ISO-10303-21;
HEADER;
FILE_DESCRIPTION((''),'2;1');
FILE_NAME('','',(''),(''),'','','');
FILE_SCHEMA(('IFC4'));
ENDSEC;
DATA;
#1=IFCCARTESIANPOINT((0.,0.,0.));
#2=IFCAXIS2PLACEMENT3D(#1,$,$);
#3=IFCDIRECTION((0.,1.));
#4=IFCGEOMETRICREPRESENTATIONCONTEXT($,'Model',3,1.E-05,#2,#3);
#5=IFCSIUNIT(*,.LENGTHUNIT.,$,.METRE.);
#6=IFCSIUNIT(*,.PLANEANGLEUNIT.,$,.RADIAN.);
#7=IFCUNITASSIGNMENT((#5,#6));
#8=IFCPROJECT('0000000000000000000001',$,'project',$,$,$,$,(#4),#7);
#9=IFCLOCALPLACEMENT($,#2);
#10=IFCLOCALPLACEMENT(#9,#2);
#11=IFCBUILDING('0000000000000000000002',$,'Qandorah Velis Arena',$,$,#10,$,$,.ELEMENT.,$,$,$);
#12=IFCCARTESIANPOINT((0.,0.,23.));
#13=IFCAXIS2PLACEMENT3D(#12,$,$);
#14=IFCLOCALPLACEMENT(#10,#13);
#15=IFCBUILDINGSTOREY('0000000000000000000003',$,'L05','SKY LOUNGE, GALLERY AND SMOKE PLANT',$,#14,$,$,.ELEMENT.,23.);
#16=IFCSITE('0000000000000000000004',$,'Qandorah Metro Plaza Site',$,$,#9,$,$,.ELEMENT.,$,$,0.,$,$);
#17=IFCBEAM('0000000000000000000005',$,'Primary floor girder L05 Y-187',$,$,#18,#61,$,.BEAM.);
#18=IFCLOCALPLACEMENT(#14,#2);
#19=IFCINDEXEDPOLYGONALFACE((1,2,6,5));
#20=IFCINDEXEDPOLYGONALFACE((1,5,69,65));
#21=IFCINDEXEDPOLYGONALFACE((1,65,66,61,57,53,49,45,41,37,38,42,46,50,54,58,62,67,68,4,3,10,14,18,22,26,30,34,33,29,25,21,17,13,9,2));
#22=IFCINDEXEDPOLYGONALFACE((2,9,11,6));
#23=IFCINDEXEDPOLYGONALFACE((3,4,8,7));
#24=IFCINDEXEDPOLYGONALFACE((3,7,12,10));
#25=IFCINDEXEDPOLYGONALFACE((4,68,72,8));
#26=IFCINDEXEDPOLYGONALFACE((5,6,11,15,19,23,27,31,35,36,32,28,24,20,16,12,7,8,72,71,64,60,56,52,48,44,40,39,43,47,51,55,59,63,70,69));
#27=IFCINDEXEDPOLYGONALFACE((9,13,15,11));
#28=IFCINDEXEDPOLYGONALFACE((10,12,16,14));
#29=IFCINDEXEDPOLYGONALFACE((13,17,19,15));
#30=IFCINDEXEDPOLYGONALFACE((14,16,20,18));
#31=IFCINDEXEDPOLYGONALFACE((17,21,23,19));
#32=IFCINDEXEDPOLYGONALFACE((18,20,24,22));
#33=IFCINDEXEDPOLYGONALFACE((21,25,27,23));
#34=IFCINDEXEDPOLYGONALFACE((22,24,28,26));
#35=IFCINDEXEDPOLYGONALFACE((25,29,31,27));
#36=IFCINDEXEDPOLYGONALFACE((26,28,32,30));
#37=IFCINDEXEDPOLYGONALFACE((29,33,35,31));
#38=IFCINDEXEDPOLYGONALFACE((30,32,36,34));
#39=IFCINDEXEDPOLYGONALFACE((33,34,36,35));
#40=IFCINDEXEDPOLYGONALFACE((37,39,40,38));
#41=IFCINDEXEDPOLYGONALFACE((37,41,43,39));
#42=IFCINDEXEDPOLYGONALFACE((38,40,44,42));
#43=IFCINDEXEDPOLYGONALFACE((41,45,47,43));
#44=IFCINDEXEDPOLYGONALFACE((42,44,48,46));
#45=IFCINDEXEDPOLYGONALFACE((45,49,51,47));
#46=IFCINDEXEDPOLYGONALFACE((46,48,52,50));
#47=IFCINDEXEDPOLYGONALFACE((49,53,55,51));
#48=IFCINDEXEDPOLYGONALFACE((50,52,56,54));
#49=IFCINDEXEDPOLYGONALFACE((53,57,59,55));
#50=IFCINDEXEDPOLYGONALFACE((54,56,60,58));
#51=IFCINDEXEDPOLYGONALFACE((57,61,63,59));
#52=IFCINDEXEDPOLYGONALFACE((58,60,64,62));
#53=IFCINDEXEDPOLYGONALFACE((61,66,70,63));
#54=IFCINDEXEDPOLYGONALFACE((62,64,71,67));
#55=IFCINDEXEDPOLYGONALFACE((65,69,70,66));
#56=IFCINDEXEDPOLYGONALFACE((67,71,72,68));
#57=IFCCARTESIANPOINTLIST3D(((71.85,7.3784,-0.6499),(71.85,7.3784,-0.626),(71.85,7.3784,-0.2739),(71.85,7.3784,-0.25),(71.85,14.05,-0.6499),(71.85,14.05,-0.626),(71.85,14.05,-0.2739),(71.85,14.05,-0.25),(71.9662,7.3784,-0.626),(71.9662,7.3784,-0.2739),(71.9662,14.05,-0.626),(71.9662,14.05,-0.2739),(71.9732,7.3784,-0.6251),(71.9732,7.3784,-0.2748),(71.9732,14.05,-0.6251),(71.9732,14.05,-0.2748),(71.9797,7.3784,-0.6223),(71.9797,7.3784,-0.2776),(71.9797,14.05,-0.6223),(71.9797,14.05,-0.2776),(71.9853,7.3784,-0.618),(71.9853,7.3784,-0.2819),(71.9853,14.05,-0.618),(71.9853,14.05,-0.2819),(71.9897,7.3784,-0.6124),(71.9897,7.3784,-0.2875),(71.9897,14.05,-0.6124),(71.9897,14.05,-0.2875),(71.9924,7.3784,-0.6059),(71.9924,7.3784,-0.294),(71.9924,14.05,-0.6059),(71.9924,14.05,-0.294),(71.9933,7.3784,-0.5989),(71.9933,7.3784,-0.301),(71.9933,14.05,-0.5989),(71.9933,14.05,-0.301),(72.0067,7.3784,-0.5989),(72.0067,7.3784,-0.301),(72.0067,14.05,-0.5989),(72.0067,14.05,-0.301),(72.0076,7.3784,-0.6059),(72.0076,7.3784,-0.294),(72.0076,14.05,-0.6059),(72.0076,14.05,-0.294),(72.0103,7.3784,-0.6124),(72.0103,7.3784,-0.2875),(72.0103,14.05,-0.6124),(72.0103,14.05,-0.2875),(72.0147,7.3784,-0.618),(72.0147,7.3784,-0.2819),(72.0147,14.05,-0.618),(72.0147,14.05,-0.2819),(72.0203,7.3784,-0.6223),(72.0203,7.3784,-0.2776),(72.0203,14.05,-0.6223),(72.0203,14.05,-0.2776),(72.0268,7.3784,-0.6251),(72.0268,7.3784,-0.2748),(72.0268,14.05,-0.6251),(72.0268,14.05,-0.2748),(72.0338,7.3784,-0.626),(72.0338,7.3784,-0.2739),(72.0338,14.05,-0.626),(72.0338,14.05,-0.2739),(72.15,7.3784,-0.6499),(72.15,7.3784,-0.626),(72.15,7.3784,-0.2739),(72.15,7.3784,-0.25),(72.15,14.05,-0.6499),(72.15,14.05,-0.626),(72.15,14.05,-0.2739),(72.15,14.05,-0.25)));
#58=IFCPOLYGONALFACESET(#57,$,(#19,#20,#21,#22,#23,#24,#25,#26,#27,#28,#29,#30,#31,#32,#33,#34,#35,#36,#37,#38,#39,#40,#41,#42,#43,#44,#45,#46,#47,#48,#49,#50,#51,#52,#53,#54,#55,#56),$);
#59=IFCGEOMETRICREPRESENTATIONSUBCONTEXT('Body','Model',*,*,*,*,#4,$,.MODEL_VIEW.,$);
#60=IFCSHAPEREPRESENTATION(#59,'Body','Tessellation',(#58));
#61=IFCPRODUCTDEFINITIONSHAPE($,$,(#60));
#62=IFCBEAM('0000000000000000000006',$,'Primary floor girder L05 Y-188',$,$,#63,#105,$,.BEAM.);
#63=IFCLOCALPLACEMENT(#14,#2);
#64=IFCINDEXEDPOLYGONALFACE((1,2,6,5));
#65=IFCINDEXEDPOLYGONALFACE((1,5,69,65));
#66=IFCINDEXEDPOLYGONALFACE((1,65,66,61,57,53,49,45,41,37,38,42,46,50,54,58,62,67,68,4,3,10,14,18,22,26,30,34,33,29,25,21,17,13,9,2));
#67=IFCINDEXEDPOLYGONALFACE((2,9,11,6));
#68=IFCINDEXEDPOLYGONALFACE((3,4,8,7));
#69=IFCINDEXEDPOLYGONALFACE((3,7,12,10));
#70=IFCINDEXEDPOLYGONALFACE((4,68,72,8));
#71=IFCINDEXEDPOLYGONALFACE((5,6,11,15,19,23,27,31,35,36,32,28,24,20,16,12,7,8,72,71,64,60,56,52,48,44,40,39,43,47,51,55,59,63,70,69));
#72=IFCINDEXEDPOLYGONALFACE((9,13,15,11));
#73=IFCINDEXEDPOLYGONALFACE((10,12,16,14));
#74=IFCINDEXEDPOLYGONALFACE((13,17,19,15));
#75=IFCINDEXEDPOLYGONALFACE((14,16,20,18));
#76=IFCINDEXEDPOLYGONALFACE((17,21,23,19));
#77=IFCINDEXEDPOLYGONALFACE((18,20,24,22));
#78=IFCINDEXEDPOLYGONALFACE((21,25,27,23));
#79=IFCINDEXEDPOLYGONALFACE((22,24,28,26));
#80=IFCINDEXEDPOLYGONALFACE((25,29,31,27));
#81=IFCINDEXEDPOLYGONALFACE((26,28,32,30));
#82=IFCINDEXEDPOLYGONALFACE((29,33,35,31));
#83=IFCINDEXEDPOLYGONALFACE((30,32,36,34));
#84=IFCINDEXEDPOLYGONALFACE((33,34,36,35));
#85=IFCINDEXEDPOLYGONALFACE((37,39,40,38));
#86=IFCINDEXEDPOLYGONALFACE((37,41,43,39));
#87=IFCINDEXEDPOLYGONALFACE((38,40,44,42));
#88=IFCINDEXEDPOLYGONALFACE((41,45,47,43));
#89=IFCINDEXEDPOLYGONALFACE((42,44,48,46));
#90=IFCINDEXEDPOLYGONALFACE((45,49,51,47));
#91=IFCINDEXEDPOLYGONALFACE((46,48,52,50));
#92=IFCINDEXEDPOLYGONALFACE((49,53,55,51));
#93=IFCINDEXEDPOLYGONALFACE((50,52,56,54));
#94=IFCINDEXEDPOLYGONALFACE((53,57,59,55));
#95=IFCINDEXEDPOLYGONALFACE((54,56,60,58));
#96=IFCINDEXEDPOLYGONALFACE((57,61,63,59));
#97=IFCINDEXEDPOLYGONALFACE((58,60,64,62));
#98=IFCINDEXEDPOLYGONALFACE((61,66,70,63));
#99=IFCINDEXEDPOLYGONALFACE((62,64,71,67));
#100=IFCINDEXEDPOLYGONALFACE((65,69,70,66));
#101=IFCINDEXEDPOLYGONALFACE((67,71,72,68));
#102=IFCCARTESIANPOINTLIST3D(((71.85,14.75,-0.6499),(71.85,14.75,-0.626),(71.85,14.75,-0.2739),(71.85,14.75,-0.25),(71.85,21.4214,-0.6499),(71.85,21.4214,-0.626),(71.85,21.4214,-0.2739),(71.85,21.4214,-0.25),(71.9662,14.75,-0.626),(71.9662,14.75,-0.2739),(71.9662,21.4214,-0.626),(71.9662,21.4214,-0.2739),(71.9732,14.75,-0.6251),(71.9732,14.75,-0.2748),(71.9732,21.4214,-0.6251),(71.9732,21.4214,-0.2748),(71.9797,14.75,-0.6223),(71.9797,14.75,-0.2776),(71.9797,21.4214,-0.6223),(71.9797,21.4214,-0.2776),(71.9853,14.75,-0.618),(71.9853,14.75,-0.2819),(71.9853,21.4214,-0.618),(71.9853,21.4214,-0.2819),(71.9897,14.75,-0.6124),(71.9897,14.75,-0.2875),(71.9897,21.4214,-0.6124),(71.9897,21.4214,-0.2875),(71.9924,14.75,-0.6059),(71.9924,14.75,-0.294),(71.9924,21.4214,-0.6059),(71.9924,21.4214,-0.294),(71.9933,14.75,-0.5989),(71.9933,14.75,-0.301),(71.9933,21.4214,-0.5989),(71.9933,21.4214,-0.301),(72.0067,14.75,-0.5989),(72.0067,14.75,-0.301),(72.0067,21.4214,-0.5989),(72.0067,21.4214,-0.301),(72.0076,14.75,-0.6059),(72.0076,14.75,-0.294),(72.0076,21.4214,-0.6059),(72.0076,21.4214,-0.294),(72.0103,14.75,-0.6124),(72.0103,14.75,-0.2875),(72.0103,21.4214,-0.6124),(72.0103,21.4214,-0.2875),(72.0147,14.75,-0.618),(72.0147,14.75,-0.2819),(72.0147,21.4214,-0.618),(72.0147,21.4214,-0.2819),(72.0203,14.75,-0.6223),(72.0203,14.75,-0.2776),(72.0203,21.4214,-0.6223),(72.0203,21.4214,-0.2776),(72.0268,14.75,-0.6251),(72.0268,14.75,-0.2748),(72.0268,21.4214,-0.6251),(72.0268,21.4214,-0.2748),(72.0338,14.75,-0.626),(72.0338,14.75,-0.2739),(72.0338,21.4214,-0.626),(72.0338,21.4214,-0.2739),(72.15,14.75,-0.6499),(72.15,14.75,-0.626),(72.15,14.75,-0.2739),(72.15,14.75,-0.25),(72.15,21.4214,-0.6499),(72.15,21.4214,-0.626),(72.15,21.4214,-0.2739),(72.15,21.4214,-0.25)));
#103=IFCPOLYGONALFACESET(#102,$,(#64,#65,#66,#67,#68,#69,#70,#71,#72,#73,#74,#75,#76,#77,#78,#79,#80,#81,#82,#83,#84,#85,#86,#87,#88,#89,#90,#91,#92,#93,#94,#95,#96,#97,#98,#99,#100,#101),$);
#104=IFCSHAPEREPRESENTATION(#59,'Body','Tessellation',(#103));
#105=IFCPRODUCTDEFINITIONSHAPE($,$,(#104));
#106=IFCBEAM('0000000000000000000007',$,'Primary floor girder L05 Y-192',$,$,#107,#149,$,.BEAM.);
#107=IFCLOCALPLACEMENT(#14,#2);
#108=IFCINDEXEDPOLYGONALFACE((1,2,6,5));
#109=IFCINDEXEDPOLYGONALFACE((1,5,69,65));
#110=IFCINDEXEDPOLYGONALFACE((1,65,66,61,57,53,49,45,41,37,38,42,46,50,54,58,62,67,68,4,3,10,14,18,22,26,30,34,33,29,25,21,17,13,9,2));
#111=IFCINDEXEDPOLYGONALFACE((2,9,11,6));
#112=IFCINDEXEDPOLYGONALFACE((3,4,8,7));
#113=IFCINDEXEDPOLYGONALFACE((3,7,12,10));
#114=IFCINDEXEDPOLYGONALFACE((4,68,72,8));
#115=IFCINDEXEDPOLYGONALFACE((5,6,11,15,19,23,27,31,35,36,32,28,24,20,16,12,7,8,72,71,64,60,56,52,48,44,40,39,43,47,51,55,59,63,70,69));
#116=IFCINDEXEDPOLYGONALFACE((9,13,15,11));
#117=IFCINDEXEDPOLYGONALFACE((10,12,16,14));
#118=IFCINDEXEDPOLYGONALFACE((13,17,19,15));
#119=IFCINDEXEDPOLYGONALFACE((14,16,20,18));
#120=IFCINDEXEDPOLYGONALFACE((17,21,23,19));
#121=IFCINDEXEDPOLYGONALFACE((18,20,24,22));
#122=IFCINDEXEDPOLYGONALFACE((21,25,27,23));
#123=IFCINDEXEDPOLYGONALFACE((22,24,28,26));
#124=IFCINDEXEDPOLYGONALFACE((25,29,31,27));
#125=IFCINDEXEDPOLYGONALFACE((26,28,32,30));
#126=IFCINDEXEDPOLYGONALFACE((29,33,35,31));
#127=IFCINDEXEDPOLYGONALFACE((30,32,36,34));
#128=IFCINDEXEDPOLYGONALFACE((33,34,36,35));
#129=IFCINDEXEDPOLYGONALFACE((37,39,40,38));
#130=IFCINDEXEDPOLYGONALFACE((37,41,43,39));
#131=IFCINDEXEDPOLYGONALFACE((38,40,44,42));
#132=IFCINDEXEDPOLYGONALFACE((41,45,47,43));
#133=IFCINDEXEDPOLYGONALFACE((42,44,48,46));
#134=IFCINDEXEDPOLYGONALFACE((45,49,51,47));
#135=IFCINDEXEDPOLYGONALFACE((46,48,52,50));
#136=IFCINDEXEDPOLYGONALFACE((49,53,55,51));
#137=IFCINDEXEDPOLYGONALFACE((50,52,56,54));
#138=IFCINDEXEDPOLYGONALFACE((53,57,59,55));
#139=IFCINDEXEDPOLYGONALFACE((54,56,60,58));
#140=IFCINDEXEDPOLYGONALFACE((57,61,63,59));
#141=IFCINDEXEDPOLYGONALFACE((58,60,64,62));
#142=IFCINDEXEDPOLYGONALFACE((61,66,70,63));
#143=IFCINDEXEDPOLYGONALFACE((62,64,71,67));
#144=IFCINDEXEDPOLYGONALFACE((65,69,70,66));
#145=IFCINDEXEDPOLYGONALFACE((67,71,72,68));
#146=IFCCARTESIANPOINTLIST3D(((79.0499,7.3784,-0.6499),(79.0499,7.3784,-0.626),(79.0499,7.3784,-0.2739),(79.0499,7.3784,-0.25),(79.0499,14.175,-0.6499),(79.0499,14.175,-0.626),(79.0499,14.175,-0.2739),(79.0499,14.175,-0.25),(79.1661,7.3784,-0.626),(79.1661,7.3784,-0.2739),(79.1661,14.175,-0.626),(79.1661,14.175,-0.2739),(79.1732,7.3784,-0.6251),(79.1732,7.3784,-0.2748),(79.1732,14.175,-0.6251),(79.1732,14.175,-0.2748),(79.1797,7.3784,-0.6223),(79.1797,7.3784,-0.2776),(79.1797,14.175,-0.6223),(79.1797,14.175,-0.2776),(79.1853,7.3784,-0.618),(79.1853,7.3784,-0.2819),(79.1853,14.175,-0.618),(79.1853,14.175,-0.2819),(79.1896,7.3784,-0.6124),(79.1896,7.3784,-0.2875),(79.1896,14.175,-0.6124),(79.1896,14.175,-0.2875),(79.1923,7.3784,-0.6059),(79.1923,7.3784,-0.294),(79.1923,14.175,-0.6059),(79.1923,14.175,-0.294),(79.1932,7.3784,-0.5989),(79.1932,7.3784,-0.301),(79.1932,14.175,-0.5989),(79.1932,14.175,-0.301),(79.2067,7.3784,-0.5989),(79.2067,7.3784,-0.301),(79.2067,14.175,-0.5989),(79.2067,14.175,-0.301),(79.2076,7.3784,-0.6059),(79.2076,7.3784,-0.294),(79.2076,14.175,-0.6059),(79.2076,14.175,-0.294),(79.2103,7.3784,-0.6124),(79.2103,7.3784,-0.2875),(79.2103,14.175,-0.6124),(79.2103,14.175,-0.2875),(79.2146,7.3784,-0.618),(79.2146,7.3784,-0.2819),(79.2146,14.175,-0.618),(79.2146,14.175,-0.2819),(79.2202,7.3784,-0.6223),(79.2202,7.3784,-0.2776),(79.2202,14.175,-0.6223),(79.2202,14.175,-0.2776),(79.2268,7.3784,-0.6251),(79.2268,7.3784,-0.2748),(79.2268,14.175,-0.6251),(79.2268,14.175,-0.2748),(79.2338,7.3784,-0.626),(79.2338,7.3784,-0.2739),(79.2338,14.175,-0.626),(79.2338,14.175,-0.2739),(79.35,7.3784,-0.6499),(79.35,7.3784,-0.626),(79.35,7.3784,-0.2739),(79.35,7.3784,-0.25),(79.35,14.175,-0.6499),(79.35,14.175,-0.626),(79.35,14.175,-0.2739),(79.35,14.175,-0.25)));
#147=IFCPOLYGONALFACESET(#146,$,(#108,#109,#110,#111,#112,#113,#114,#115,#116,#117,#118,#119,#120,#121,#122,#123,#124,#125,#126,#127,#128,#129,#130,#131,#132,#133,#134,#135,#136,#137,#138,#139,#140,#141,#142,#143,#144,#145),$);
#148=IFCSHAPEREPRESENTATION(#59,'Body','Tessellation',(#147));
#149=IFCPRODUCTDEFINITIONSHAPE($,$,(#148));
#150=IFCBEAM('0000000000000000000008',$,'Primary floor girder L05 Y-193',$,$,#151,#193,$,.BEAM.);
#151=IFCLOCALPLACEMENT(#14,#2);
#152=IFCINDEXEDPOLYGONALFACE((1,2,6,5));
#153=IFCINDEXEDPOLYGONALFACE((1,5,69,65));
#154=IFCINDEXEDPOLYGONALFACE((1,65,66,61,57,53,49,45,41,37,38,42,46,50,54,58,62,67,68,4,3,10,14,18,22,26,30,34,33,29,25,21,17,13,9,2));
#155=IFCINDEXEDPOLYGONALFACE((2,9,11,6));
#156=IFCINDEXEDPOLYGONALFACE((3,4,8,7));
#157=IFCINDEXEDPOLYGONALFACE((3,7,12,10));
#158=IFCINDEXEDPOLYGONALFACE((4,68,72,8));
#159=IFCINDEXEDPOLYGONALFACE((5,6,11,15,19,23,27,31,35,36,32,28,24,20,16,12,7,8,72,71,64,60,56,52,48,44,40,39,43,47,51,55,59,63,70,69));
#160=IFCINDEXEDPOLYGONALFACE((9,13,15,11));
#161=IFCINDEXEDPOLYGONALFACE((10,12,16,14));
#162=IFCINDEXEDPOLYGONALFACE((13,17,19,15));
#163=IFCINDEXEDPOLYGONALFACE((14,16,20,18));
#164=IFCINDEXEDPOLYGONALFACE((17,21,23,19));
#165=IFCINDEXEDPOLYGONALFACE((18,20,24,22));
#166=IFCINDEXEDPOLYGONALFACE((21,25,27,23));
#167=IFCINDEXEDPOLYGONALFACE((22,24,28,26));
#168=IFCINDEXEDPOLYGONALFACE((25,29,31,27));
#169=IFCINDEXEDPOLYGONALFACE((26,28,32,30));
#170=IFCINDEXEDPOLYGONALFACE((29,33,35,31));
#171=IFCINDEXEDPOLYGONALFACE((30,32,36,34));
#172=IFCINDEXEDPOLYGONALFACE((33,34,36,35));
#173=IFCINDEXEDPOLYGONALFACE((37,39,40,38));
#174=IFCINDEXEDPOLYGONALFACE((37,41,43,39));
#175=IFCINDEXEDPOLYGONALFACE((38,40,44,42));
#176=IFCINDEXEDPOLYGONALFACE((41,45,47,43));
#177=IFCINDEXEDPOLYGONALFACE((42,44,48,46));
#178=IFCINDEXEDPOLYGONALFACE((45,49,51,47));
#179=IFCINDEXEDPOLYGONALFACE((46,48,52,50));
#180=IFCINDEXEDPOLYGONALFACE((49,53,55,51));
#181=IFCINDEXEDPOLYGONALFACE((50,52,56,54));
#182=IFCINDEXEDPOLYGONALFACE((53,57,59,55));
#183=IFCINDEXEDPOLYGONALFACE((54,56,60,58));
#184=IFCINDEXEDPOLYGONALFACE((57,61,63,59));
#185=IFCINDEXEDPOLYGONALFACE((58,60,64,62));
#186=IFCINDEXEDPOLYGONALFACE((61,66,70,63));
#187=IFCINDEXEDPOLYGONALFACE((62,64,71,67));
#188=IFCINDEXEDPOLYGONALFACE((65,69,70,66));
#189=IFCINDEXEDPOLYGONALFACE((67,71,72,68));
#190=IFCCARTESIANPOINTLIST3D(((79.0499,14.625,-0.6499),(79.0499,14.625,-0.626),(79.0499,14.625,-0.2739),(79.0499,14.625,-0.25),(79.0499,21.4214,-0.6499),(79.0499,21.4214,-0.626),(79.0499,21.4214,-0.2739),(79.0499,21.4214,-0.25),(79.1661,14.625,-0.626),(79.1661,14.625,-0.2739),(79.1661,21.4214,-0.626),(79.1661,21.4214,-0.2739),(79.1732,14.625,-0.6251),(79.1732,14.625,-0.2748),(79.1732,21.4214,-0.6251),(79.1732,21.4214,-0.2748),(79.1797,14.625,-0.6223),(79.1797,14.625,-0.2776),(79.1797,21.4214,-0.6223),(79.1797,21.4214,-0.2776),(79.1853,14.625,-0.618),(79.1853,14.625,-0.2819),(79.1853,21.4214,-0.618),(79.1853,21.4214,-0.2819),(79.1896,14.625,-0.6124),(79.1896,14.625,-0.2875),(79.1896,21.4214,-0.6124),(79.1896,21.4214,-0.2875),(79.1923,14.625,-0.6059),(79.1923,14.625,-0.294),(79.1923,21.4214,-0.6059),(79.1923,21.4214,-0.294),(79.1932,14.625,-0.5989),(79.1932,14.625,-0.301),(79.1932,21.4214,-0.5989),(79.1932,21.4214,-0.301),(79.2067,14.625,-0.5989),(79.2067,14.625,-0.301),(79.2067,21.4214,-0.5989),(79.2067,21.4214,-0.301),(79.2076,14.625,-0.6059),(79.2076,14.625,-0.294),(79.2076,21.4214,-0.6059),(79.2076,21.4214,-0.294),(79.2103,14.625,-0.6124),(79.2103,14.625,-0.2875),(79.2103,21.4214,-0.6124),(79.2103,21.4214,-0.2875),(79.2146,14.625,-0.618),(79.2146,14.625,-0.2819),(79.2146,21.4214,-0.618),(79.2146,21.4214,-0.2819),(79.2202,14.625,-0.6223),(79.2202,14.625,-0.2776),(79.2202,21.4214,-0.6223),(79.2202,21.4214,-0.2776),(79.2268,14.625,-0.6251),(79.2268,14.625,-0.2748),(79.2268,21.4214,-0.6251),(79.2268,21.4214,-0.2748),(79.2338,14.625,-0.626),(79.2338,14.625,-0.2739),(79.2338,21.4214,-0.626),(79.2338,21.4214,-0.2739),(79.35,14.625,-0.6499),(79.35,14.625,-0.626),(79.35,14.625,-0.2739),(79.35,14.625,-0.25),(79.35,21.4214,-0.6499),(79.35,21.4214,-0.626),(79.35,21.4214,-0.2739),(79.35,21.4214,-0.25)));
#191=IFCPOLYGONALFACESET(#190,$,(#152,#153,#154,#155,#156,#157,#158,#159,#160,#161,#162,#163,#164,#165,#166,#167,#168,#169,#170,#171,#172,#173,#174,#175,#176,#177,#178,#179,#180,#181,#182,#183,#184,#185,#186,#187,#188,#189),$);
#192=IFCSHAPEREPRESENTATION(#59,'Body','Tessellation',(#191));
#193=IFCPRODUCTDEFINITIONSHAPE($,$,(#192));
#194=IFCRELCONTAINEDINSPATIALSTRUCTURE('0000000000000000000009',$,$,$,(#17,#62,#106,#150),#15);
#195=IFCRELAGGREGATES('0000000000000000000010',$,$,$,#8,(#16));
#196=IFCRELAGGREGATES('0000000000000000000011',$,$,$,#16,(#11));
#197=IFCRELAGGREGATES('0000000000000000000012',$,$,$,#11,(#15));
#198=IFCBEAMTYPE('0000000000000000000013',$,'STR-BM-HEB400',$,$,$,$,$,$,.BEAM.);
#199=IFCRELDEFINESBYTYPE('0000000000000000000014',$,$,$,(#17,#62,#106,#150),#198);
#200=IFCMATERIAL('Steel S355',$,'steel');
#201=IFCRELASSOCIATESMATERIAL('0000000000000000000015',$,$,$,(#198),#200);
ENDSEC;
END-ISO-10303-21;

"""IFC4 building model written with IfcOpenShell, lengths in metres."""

from ifc_helpers import new_model, si_unit, direction, frame, origin, origin_2d, place, context, subcontext, project, spatial, i_section, extrude, material, material_profile, profile_set, type_object, element, save


model = new_model("IFC4")

# Units and contexts
model_context = context("Model", 3, precision=1e-05, world=origin(), true_north=direction((0.0, 1.0)))
body_context = subcontext(model_context, "Body", "Model", "MODEL_VIEW")
ifc_project = project(units=[si_unit("LENGTHUNIT", "METRE"), si_unit("PLANEANGLEUNIT", "RADIAN")], contexts=[model_context])

# Site, building, storey
site_placement = place(None, origin())
site = spatial("IfcSite", under=ifc_project, at=site_placement, Name="Qandorah Metro Plaza Site", CompositionType="ELEMENT", RefElevation=0.0)
building_placement = place(site_placement, origin())
building = spatial("IfcBuilding", under=site, at=building_placement, Name="Qandorah Velis Arena", CompositionType="ELEMENT")
storey_placement = place(building_placement, frame((0.0, 0.0, 23.0)))
storey = spatial("IfcBuildingStorey", under=building, at=storey_placement, Name="L05", Description="SKY LOUNGE, GALLERY AND SMOKE PLANT", CompositionType="ELEMENT", Elevation=23.0)

# Beams
ifc_material_1 = material(Name="Steel S355", Category="steel")
ifc_material_profile_1 = material_profile(ifc_material_1, i_section(OverallWidth=0.3, OverallDepth=0.3999, WebThickness=0.0134, FlangeThickness=0.0239, FilletRadius=0.0271, at=origin_2d()), Name="HEB 400")
ifc_profile_set_1 = profile_set([ifc_material_profile_1], Name="Steel S355")
beam_type_1 = type_object("IfcBeamType", Name="STR-BM-HEB400", PredefinedType="BEAM", material=ifc_profile_set_1)
beam_1_placement = place(storey_placement, frame((72.0, 7.3784, -0.45), z_axis=(0.0, 1.0, 0.0), x_axis=(-1.0, 0.0, 0.0)))
element("IfcBeam", 1, at=beam_1_placement, inside=storey, type_object=beam_type_1, Name="Primary floor girder L05 Y-187", PredefinedType="BEAM", context=body_context, shape_type="SweptSolid", body=[
    extrude(i_section(OverallWidth=0.3, OverallDepth=0.3999, WebThickness=0.0134, FlangeThickness=0.0239, FilletRadius=0.0271, at=origin_2d()), origin(), (0.0, 0.0, 1.0), 6.6716),
])
beam_2_placement = place(storey_placement, frame((72.0, 14.75, -0.45), z_axis=(0.0, 1.0, 0.0), x_axis=(-1.0, 0.0, 0.0)))
element("IfcBeam", 2, at=beam_2_placement, inside=storey, type_object=beam_type_1, Name="Primary floor girder L05 Y-188", PredefinedType="BEAM", context=body_context, shape_type="SweptSolid", body=[
    extrude(i_section(OverallWidth=0.3, OverallDepth=0.3999, WebThickness=0.0134, FlangeThickness=0.0239, FilletRadius=0.0271, at=origin_2d()), origin(), (0.0, 0.0, 1.0), 6.6714),
])
beam_3_placement = place(storey_placement, frame((79.2, 7.3784, -0.45), z_axis=(0.0, 1.0, 0.0), x_axis=(-1.0, 0.0, 0.0)))
element("IfcBeam", 3, at=beam_3_placement, inside=storey, type_object=beam_type_1, Name="Primary floor girder L05 Y-192", PredefinedType="BEAM", context=body_context, shape_type="SweptSolid", body=[
    extrude(i_section(OverallWidth=0.3, OverallDepth=0.3999, WebThickness=0.0134, FlangeThickness=0.0239, FilletRadius=0.0271, at=origin_2d()), origin(), (0.0, 0.0, 1.0), 6.7966),
])
beam_4_placement = place(storey_placement, frame((79.2, 14.625, -0.45), z_axis=(0.0, 1.0, 0.0), x_axis=(-1.0, 0.0, 0.0)))
element("IfcBeam", 4, at=beam_4_placement, inside=storey, type_object=beam_type_1, Name="Primary floor girder L05 Y-193", PredefinedType="BEAM", context=body_context, shape_type="SweptSolid", body=[
    extrude(i_section(OverallWidth=0.3, OverallDepth=0.3999, WebThickness=0.0134, FlangeThickness=0.0239, FilletRadius=0.0271, at=origin_2d()), origin(), (0.0, 0.0, 1.0), 6.7964),
])

save(model, "model.ifc")
